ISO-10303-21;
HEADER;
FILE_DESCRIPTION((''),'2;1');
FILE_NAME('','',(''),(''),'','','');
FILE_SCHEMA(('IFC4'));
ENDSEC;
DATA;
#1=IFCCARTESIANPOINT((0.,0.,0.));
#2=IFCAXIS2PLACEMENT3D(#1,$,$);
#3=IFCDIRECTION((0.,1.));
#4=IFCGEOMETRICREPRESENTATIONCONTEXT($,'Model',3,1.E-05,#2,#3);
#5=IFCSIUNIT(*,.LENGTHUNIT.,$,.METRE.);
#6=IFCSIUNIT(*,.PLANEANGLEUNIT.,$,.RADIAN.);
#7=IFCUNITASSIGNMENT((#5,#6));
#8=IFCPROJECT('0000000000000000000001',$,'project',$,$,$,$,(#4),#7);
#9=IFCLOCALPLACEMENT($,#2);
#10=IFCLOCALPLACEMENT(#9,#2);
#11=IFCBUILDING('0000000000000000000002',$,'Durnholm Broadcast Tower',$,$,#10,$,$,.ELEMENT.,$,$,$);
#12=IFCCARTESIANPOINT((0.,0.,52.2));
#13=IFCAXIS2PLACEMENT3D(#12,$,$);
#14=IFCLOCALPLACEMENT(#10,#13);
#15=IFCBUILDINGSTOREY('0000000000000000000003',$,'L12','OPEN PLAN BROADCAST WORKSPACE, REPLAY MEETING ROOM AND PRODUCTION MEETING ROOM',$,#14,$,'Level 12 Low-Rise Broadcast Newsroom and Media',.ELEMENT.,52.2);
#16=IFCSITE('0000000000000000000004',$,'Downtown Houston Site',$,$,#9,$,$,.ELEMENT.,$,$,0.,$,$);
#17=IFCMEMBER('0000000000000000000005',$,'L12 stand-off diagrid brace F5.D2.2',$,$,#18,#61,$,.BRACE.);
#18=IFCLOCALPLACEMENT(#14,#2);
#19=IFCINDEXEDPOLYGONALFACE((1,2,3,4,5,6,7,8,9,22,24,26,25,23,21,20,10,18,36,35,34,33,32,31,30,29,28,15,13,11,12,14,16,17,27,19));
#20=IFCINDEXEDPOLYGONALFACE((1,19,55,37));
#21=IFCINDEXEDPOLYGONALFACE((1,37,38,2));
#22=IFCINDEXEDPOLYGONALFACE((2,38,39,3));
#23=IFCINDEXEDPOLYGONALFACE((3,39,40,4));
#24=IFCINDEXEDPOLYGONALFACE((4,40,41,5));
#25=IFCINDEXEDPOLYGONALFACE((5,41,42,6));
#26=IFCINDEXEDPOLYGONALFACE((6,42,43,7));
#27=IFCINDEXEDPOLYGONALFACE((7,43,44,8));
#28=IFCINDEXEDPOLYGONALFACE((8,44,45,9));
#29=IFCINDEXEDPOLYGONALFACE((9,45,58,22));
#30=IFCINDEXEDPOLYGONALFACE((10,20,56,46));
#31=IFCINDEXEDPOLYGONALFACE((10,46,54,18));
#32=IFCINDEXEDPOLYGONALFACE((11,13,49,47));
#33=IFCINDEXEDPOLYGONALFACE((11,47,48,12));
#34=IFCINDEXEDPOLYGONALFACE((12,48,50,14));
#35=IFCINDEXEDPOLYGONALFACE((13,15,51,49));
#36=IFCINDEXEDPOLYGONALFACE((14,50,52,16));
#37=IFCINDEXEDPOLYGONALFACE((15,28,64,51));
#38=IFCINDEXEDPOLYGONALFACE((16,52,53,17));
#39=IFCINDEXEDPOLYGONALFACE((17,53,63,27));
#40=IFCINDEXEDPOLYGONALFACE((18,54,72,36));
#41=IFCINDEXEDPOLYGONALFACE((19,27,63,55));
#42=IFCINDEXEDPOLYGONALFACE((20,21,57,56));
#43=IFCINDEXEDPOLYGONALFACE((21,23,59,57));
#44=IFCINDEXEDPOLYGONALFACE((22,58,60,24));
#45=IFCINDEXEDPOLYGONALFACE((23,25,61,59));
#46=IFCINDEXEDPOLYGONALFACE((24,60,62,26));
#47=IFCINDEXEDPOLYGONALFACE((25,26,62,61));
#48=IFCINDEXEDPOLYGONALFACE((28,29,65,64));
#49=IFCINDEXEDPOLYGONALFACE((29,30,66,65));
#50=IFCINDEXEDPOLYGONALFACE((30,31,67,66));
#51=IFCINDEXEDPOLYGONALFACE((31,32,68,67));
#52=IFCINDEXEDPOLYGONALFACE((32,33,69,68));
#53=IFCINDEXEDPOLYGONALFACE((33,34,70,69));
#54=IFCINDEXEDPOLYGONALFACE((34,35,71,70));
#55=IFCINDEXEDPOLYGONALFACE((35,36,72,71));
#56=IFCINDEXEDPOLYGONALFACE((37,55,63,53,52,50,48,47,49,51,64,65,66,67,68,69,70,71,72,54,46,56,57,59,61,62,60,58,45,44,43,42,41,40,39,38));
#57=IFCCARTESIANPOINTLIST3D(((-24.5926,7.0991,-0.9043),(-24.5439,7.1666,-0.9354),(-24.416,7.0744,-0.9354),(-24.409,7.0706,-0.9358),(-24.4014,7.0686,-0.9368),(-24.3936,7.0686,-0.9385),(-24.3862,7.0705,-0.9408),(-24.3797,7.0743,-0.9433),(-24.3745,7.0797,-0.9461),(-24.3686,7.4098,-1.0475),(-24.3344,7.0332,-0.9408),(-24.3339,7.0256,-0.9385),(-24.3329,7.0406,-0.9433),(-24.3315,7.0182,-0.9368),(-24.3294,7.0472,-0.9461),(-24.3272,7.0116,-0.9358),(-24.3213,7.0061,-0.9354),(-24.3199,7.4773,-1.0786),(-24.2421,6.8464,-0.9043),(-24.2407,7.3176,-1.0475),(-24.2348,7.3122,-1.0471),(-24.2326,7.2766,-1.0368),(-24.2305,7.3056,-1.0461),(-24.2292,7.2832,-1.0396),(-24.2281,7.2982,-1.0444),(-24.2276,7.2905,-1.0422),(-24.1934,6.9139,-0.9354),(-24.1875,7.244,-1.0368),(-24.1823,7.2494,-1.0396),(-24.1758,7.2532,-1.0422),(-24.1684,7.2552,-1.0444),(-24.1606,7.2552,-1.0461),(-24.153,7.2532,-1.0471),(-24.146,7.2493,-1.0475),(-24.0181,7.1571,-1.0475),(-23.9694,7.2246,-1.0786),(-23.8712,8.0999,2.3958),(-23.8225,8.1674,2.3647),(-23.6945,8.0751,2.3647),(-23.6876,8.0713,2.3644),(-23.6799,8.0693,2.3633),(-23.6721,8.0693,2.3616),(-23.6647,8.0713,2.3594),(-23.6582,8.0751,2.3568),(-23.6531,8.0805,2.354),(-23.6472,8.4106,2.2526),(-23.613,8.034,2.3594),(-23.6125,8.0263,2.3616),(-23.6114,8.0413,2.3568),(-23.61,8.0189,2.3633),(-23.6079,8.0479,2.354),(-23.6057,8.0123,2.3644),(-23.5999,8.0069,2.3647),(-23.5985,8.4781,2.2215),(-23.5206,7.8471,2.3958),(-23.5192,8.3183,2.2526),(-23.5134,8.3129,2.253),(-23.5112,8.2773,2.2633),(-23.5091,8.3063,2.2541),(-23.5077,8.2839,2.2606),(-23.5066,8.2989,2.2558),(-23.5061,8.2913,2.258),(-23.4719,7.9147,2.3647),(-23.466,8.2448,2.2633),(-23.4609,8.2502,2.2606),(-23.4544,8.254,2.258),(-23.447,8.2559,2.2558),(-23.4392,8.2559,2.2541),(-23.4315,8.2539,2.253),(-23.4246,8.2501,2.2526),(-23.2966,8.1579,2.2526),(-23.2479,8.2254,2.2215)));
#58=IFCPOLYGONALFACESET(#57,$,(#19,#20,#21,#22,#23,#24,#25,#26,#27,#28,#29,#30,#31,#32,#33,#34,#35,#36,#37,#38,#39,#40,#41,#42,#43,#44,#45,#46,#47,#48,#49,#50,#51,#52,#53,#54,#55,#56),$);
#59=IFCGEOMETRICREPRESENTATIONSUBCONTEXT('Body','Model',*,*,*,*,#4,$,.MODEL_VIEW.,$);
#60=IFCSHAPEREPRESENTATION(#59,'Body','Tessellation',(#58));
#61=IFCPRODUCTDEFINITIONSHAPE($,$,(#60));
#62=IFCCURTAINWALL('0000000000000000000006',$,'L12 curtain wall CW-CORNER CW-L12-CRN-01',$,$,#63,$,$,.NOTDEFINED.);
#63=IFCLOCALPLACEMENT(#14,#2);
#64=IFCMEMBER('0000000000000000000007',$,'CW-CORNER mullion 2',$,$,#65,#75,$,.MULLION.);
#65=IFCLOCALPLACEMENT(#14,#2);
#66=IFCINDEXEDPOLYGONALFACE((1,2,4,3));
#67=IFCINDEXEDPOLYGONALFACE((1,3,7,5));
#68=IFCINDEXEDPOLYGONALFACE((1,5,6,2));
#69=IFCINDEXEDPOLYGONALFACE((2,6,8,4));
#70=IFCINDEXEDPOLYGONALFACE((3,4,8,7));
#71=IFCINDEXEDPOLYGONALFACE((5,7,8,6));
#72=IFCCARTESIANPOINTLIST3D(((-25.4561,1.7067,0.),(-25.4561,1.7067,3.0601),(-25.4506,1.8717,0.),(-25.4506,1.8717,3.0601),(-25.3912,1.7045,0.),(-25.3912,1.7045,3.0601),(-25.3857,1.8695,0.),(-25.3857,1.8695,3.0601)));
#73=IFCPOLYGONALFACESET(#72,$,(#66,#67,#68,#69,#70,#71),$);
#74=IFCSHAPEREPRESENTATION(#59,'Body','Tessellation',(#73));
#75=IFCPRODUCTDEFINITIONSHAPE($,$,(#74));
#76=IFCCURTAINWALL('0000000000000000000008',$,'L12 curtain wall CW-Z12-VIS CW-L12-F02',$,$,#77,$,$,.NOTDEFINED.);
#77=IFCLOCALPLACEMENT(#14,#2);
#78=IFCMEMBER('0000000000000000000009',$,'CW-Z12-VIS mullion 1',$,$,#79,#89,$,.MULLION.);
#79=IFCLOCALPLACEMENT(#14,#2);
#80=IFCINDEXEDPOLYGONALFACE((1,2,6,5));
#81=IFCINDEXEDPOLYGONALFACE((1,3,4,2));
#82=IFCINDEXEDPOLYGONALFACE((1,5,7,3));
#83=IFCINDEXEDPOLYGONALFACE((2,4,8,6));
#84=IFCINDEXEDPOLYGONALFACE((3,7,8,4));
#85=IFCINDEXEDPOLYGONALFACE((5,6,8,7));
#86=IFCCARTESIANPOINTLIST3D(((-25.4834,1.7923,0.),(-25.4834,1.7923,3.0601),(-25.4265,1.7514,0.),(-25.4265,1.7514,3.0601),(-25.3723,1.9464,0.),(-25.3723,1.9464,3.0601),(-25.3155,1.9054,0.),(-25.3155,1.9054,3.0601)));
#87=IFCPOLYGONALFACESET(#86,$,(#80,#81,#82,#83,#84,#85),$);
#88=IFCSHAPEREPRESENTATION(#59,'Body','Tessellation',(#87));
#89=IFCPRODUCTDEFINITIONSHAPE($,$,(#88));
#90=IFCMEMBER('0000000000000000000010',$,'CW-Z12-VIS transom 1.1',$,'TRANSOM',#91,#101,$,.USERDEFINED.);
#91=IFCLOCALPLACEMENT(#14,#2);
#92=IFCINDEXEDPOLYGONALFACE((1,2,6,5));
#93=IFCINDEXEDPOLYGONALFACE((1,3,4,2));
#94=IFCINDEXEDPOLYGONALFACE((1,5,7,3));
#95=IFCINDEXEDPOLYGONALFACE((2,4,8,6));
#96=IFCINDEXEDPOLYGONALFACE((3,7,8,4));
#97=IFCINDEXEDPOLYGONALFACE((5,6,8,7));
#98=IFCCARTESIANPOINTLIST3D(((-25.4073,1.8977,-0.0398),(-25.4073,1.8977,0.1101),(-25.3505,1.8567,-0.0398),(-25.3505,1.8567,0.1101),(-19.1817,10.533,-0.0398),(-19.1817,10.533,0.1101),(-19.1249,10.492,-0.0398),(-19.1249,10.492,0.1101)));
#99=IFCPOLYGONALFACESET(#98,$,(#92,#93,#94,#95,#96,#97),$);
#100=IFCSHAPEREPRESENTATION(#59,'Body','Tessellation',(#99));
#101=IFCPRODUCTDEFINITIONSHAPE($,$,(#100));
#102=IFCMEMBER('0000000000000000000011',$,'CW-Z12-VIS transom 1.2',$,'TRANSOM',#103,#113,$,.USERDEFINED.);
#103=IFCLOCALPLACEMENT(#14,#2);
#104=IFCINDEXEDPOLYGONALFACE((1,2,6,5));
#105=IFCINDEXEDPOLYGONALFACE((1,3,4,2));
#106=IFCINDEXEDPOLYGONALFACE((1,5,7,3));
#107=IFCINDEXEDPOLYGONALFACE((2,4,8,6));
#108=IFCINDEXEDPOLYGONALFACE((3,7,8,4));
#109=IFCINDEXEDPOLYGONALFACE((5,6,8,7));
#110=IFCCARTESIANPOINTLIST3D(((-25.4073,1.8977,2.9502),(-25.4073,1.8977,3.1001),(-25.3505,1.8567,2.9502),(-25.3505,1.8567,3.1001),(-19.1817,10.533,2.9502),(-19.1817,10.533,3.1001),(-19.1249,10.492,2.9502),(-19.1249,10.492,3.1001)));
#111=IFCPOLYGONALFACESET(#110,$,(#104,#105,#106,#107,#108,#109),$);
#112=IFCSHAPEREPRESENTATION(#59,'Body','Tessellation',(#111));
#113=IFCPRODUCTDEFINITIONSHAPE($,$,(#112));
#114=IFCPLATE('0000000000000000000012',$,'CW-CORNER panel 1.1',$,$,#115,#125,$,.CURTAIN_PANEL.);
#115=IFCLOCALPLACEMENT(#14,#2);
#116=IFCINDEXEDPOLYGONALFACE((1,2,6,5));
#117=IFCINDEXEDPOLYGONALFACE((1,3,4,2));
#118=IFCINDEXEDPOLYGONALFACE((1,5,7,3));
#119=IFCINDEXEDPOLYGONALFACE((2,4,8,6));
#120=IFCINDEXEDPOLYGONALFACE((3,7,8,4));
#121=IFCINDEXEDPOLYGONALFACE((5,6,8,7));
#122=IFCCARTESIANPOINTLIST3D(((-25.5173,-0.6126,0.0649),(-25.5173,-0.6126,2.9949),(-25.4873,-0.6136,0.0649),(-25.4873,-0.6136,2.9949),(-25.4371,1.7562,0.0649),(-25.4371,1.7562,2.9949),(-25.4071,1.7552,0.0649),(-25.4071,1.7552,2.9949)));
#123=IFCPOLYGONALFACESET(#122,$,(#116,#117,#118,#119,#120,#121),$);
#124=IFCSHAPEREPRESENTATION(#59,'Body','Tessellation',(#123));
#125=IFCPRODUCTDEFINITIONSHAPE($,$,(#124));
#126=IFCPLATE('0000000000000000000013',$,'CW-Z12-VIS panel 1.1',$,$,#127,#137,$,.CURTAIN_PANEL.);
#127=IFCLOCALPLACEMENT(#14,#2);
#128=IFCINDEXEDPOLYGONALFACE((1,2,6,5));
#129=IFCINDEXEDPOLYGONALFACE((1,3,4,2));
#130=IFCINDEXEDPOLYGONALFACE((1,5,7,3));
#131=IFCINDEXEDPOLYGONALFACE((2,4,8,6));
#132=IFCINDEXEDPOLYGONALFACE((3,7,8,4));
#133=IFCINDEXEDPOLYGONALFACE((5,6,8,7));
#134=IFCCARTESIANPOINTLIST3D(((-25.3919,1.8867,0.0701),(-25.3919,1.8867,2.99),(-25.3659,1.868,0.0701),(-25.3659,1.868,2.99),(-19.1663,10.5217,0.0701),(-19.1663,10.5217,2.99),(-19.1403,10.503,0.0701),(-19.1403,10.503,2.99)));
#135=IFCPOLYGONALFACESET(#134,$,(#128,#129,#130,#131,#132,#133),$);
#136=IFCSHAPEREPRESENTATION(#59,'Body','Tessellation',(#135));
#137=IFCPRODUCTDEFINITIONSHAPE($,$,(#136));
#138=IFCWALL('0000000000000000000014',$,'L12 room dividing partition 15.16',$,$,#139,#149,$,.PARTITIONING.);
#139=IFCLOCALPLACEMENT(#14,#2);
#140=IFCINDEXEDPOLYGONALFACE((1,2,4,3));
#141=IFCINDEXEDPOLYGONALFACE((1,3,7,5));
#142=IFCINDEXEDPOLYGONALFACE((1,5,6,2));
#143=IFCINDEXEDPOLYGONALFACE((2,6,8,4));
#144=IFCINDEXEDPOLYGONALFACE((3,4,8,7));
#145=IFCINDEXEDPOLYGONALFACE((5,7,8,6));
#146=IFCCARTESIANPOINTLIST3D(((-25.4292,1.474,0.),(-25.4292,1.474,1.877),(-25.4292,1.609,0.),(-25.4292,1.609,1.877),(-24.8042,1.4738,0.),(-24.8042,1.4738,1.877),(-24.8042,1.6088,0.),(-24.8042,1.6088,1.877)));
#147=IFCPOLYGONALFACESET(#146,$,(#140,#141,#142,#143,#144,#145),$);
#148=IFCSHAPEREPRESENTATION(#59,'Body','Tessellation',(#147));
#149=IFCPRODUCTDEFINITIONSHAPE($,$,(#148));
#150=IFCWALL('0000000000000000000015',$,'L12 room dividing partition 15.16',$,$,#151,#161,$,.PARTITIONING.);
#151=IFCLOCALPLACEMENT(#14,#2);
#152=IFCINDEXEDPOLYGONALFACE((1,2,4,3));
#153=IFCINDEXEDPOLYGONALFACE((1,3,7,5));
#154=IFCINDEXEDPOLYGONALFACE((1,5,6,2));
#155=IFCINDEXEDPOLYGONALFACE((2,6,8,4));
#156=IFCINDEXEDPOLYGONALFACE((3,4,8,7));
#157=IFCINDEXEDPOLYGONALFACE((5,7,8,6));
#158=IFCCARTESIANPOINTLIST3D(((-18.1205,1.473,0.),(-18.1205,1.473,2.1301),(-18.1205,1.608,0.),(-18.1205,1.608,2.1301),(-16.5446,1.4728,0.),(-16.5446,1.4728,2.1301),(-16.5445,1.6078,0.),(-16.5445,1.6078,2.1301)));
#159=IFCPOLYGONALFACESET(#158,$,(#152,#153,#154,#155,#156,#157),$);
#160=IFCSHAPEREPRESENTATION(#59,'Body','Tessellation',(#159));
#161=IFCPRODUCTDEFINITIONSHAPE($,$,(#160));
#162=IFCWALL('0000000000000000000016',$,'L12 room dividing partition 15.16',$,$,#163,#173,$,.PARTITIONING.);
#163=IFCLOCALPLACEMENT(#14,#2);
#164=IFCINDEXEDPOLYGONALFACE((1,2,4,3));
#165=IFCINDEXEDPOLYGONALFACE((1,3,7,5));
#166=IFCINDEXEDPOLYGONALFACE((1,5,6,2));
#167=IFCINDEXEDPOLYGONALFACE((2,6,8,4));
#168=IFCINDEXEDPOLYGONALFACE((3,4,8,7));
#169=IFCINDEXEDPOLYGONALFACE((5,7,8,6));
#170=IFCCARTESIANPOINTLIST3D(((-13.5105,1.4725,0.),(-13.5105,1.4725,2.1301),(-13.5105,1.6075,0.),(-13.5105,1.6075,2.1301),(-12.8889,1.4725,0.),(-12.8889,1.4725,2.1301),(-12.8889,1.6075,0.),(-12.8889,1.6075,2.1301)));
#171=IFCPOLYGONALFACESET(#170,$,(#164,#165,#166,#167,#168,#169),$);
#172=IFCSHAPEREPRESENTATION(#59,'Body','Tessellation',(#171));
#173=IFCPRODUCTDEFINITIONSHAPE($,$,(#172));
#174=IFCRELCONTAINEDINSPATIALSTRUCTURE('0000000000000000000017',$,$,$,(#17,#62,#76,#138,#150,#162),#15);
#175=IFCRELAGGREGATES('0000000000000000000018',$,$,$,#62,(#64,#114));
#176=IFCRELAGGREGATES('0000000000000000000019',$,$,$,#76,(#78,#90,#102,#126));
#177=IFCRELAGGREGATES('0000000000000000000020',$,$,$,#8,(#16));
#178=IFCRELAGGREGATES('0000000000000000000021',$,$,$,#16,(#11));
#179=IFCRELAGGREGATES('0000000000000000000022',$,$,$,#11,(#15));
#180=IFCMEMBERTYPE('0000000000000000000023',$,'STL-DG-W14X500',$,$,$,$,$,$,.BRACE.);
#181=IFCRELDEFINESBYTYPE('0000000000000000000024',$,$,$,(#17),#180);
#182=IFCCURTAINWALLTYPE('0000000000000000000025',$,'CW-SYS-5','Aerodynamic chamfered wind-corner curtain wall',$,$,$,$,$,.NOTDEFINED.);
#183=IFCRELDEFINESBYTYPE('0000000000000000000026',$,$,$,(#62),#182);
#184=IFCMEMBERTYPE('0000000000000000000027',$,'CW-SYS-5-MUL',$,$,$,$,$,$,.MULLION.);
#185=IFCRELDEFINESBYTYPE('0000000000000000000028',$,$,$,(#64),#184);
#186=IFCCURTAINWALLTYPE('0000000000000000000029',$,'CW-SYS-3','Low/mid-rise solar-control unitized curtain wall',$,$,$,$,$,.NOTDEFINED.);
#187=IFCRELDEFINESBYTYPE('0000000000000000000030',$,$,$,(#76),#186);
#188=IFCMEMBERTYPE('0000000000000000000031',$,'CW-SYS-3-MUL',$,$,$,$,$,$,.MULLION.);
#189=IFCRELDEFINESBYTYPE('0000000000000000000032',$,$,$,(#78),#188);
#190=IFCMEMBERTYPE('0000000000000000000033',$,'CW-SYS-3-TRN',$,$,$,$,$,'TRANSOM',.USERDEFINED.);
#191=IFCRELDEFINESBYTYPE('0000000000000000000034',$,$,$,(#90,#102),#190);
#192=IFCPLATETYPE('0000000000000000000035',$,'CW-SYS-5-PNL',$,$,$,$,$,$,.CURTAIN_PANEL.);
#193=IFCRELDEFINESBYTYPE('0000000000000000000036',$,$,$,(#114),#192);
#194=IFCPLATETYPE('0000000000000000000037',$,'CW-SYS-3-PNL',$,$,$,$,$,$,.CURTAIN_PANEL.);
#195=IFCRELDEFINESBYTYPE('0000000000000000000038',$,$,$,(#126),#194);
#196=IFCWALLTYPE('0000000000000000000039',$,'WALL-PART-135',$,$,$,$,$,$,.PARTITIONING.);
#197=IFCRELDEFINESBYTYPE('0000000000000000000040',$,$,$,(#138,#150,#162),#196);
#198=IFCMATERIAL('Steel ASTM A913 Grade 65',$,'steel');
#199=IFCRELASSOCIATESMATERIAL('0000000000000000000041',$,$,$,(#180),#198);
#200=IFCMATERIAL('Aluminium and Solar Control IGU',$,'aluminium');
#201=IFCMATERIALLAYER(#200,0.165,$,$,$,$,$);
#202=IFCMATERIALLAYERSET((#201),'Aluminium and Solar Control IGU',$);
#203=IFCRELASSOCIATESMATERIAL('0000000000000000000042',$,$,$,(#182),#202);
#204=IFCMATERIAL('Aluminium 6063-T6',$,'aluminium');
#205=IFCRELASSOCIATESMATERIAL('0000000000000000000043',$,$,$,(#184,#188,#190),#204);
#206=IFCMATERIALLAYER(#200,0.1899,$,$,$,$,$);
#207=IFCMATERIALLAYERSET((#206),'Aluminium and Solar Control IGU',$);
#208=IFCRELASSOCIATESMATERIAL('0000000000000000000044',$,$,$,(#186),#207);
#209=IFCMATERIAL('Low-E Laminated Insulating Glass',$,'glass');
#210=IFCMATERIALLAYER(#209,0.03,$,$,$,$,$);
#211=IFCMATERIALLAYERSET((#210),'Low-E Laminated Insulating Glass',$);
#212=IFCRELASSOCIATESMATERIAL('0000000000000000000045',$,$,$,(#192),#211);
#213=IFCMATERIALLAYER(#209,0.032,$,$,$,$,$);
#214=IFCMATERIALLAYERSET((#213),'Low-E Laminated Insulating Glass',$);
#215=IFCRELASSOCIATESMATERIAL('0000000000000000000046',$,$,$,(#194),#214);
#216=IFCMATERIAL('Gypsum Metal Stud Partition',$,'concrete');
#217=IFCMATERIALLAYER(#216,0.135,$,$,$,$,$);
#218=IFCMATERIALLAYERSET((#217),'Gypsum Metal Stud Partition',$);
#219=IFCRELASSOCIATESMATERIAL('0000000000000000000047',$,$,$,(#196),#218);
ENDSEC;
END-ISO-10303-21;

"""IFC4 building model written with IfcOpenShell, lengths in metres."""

from ifc_helpers import new_model, si_unit, direction, frame, frame_2d, origin, origin_2d, place, context, subcontext, project, spatial, rectangle, i_section, extrude, source, transform, mapped, material, layer, layer_set, material_profile, profile_set, type_object, type_shapes, element, aggregate, save


model = new_model("IFC4")

# Units and contexts
model_context = context("Model", 3, precision=1e-05, world=origin(), true_north=direction((0.0, 1.0)))
body_context = subcontext(model_context, "Body", "Model", "MODEL_VIEW")
ifc_project = project(units=[si_unit("LENGTHUNIT", "METRE"), si_unit("PLANEANGLEUNIT", "RADIAN")], contexts=[model_context])

# Site, building, storey
site_placement = place(None, origin())
site = spatial("IfcSite", under=ifc_project, at=site_placement, Name="Downtown Houston Site", CompositionType="ELEMENT", RefElevation=0.0)
building_placement = place(site_placement, origin())
building = spatial("IfcBuilding", under=site, at=building_placement, Name="Durnholm Broadcast Tower", CompositionType="ELEMENT")
storey_placement = place(building_placement, frame((0.0, 0.0, 52.2)))
storey = spatial("IfcBuildingStorey", under=building, at=storey_placement, Name="L12", Description="OPEN PLAN BROADCAST WORKSPACE, REPLAY MEETING ROOM AND PRODUCTION MEETING ROOM", LongName="Level 12 Low-Rise Broadcast Newsroom and Media", CompositionType="ELEMENT", Elevation=52.2)

# Member
ifc_material_1 = material(Name="Steel ASTM A913 Grade 65", Category="steel")
ifc_material_profile_1 = material_profile(ifc_material_1, i_section(OverallWidth=0.4321, OverallDepth=0.4978, WebThickness=0.0557, FlangeThickness=0.0889, FilletRadius=0.0305, at=origin_2d()), Name="W14X500")
ifc_profile_set_1 = profile_set([ifc_material_profile_1], Name="Steel ASTM A913 Grade 65")
member_type_1 = type_object("IfcMemberType", Name="STL-DG-W14X500", PredefinedType="BRACE", material=ifc_profile_set_1)
shared_shape_1 = source(origin(), body_context, "Body", "SweptSolid", [
    extrude(i_section(OverallWidth=0.4321, OverallDepth=0.4978, WebThickness=0.0557, FlangeThickness=0.0889, FilletRadius=0.0305, at=origin_2d()), origin(), (0.0, 0.0, 1.0), 3.5232),
])
type_shapes(member_type_1, [shared_shape_1])
member_1_placement = place(storey_placement, frame((-24.281, 7.1619, -0.9915), z_axis=(0.204773, 0.284049, 0.936688), x_axis=(-0.811185, 0.584789, 0.0)))
element("IfcMember", 1, at=member_1_placement, inside=storey, type_object=member_type_1, Name="L12 stand-off diagrid brace F5.D2.2", PredefinedType="BRACE", context=body_context, shape_type="MappedRepresentation", body=[
    mapped(shared_shape_1, transform((0.0, 0.0, 0.0), x_axis=(1.0, 0.0, 0.0), y_axis=(0.0, 1.0, 0.0), z_axis=(0.0, 0.0, 1.0), scale=1.0)),
])

# Curtain wall, member
ifc_material_2 = material(Name="Aluminium and Solar Control IGU", Category="aluminium")
ifc_layer_1 = layer(ifc_material_2, 0.165)
ifc_layer_set_1 = layer_set([ifc_layer_1], Name="Aluminium and Solar Control IGU")
curtain_wall_type_1 = type_object("IfcCurtainWallType", Name="CW-SYS-5", Description="Aerodynamic chamfered wind-corner curtain wall", PredefinedType="NOTDEFINED", material=ifc_layer_set_1)
curtain_wall_1_placement = place(storey_placement, origin())
curtain_wall_1 = element("IfcCurtainWall", 2, at=curtain_wall_1_placement, inside=storey, type_object=curtain_wall_type_1, Name="L12 curtain wall CW-CORNER CW-L12-CRN-01", PredefinedType="NOTDEFINED")
ifc_material_3 = material(Name="Aluminium 6063-T6", Category="aluminium")
ifc_material_profile_2 = material_profile(ifc_material_3, rectangle(XDim=0.0649, YDim=0.165, at=origin_2d()), Name="CWM65X165")
ifc_profile_set_2 = profile_set([ifc_material_profile_2], Name="Aluminium 6063-T6")
member_type_2 = type_object("IfcMemberType", Name="CW-SYS-5-MUL", PredefinedType="MULLION", material=ifc_profile_set_2)
shared_shape_2 = source(origin(), body_context, "Body", "SweptSolid", [
    extrude(rectangle(XDim=0.0649, YDim=0.165, at=origin_2d()), origin(), (0.0, 0.0, 1.0), 3.0601),
])
type_shapes(member_type_2, [shared_shape_2])
member_2_placement = place(storey_placement, frame((-25.4209, 1.7881, 0.0), z_axis=(0.0, 0.0, 1.0), x_axis=(-0.999427, 0.03384, 0.0)))
member_2 = element("IfcMember", 3, at=member_2_placement, type_object=member_type_2, Name="CW-CORNER mullion 2", PredefinedType="MULLION", context=body_context, shape_type="MappedRepresentation", body=[
    mapped(shared_shape_2, transform((0.0, 0.0, 0.0), x_axis=(1.0, 0.0, 0.0), y_axis=(0.0, 1.0, 0.0), z_axis=(0.0, 0.0, 1.0), scale=1.0)),
])

# Curtain wall, members
ifc_layer_2 = layer(ifc_material_2, 0.1899)
ifc_layer_set_2 = layer_set([ifc_layer_2], Name="Aluminium and Solar Control IGU")
curtain_wall_type_2 = type_object("IfcCurtainWallType", Name="CW-SYS-3", Description="Low/mid-rise solar-control unitized curtain wall", PredefinedType="NOTDEFINED", material=ifc_layer_set_2)
curtain_wall_2_placement = place(storey_placement, origin())
curtain_wall_2 = element("IfcCurtainWall", 4, at=curtain_wall_2_placement, inside=storey, type_object=curtain_wall_type_2, Name="L12 curtain wall CW-Z12-VIS CW-L12-F02", PredefinedType="NOTDEFINED")
ifc_material_profile_3 = material_profile(ifc_material_3, rectangle(XDim=0.0701, YDim=0.1899, at=origin_2d()), Name="CWM70X190")
ifc_profile_set_3 = profile_set([ifc_material_profile_3], Name="Aluminium 6063-T6")
member_type_3 = type_object("IfcMemberType", Name="CW-SYS-3-MUL", PredefinedType="MULLION", material=ifc_profile_set_3)
shared_shape_3 = source(origin(), body_context, "Body", "SweptSolid", [
    extrude(rectangle(XDim=0.0701, YDim=0.1899, at=origin_2d()), origin(), (0.0, 0.0, 1.0), 3.0601),
])
type_shapes(member_type_3, [shared_shape_3])
member_3_placement = place(storey_placement, frame((-25.3994, 1.8489, 0.0), z_axis=(0.0, 0.0, 1.0), x_axis=(-0.811161, 0.584823, 0.0)))
member_3 = element("IfcMember", 5, at=member_3_placement, type_object=member_type_3, Name="CW-Z12-VIS mullion 1", PredefinedType="MULLION", context=body_context, shape_type="MappedRepresentation", body=[
    mapped(shared_shape_3, transform((0.0, 0.0, 0.0), x_axis=(1.0, 0.0, 0.0), y_axis=(0.0, 1.0, 0.0), z_axis=(0.0, 0.0, 1.0), scale=1.0)),
])
ifc_material_profile_4 = material_profile(ifc_material_3, rectangle(XDim=0.0701, YDim=0.1499, at=origin_2d()), Name="CWT70X150")
ifc_profile_set_4 = profile_set([ifc_material_profile_4], Name="Aluminium 6063-T6")
member_type_4 = type_object("IfcMemberType", Name="CW-SYS-3-TRN", ElementType="TRANSOM", PredefinedType="USERDEFINED", material=ifc_profile_set_4)
shared_shape_4 = source(origin(), body_context, "Body", "SweptSolid", [
    extrude(rectangle(XDim=0.0701, YDim=0.1499, at=origin_2d()), origin(), (0.0, 0.0, 1.0), 10.6455),
])
type_shapes(member_type_4, [shared_shape_4])
member_4_placement = place(storey_placement, frame((-25.3789, 1.8772, 0.0352), z_axis=(0.584812, 0.811169, 0.0), x_axis=(-0.811169, 0.584812, 0.0)))
member_4 = element("IfcMember", 6, at=member_4_placement, type_object=member_type_4, Name="CW-Z12-VIS transom 1.1", ObjectType="TRANSOM", PredefinedType="USERDEFINED", context=body_context, shape_type="MappedRepresentation", body=[
    mapped(shared_shape_4, transform((0.0, 0.0, 0.0), x_axis=(1.0, 0.0, 0.0), y_axis=(0.0, 1.0, 0.0), z_axis=(0.0, 0.0, 1.0), scale=1.0)),
])
member_5_placement = place(storey_placement, frame((-25.3789, 1.8772, 3.0251), z_axis=(0.584812, 0.811169, 0.0), x_axis=(-0.811169, 0.584812, 0.0)))
member_5 = element("IfcMember", 7, at=member_5_placement, type_object=member_type_4, Name="CW-Z12-VIS transom 1.2", ObjectType="TRANSOM", PredefinedType="USERDEFINED", context=body_context, shape_type="MappedRepresentation", body=[
    mapped(shared_shape_4, transform((0.0, 0.0, 0.0), x_axis=(1.0, 0.0, 0.0), y_axis=(0.0, 1.0, 0.0), z_axis=(0.0, 0.0, 1.0), scale=1.0)),
])

# Plates
ifc_material_4 = material(Name="Low-E Laminated Insulating Glass", Category="glass")
ifc_layer_3 = layer(ifc_material_4, 0.03)
ifc_layer_set_3 = layer_set([ifc_layer_3], Name="Low-E Laminated Insulating Glass")
plate_type_1 = type_object("IfcPlateType", Name="CW-SYS-5-PNL", PredefinedType="CURTAIN_PANEL", material=ifc_layer_set_3)
shared_shape_5 = source(origin(), body_context, "Body", "SweptSolid", [
    extrude(rectangle(XDim=2.3701, YDim=0.03, at=origin_2d()), origin(), (0.0, 0.0, 1.0), 2.9299),
])
type_shapes(plate_type_1, [shared_shape_5])
plate_1_placement = place(storey_placement, frame((-25.4622, 0.5713, 0.0649), z_axis=(0.0, 0.0, 1.0), x_axis=(0.03384, 0.999427, 0.0)))
plate_1 = element("IfcPlate", 8, at=plate_1_placement, type_object=plate_type_1, Name="CW-CORNER panel 1.1", PredefinedType="CURTAIN_PANEL", context=body_context, shape_type="MappedRepresentation", body=[
    mapped(shared_shape_5, transform((0.0, 0.0, 0.0), x_axis=(1.0, 0.0, 0.0), y_axis=(0.0, 1.0, 0.0), z_axis=(0.0, 0.0, 1.0), scale=1.0)),
])
aggregate(curtain_wall_1, [member_2, plate_1])
ifc_layer_4 = layer(ifc_material_4, 0.032)
ifc_layer_set_4 = layer_set([ifc_layer_4], Name="Low-E Laminated Insulating Glass")
plate_type_2 = type_object("IfcPlateType", Name="CW-SYS-3-PNL", PredefinedType="CURTAIN_PANEL", material=ifc_layer_set_4)
shared_shape_6 = source(origin(), body_context, "Body", "SweptSolid", [
    extrude(rectangle(XDim=10.6453, YDim=0.032, at=origin_2d()), origin(), (0.0, 0.0, 1.0), 2.9199),
])
type_shapes(plate_type_2, [shared_shape_6])
plate_2_placement = place(storey_placement, frame((-22.2661, 6.1948, 0.0701), z_axis=(0.0, 0.0, 1.0), x_axis=(0.584823, 0.811161, 0.0)))
plate_2 = element("IfcPlate", 9, at=plate_2_placement, type_object=plate_type_2, Name="CW-Z12-VIS panel 1.1", PredefinedType="CURTAIN_PANEL", context=body_context, shape_type="MappedRepresentation", body=[
    mapped(shared_shape_6, transform((0.0, 0.0, 0.0), x_axis=(1.0, 0.0, 0.0), y_axis=(0.0, 1.0, 0.0), z_axis=(0.0, 0.0, 1.0), scale=1.0)),
])
aggregate(curtain_wall_2, [member_3, member_4, member_5, plate_2])

# Walls
ifc_material_5 = material(Name="Gypsum Metal Stud Partition", Category="concrete")
ifc_layer_5 = layer(ifc_material_5, 0.135)
ifc_layer_set_5 = layer_set([ifc_layer_5], Name="Gypsum Metal Stud Partition")
wall_type_1 = type_object("IfcWallType", Name="WALL-PART-135", PredefinedType="PARTITIONING", material=ifc_layer_set_5)
wall_1_placement = place(storey_placement, frame((-25.4292, 1.5415, 0.0), z_axis=(0.0, 0.0, 1.0), x_axis=(1.0, -0.000391, 0.0)))
element("IfcWall", 10, at=wall_1_placement, inside=storey, type_object=wall_type_1, Name="L12 room dividing partition 15.16", PredefinedType="PARTITIONING", context=body_context, shape_type="SweptSolid", body=[
    extrude(rectangle(XDim=0.625, YDim=0.135, at=frame_2d((0.3125, 0.0))), origin(), (0.0, 0.0, 1.0), 1.877),
])
wall_2_placement = place(storey_placement, frame((-18.1206, 1.5405, 0.0), z_axis=(0.0, 0.0, 1.0), x_axis=(1.0, -0.000155, 0.0)))
element("IfcWall", 11, at=wall_2_placement, inside=storey, type_object=wall_type_1, Name="L12 room dividing partition 15.16", PredefinedType="PARTITIONING", context=body_context, shape_type="SweptSolid", body=[
    extrude(rectangle(XDim=1.5759, YDim=0.135, at=frame_2d((0.7881, 0.0))), origin(), (0.0, 0.0, 1.0), 2.1301),
])
wall_3_placement = place(storey_placement, frame((-13.5105, 1.54, 0.0), z_axis=(0.0, 0.0, 1.0), x_axis=(1.0, 0.0, 0.0)))
element("IfcWall", 12, at=wall_3_placement, inside=storey, type_object=wall_type_1, Name="L12 room dividing partition 15.16", PredefinedType="PARTITIONING", context=body_context, shape_type="SweptSolid", body=[
    extrude(rectangle(XDim=0.6216, YDim=0.135, at=frame_2d((0.3108, 0.0))), origin(), (0.0, 0.0, 1.0), 2.1301),
])

save(model, "model.ifc")
